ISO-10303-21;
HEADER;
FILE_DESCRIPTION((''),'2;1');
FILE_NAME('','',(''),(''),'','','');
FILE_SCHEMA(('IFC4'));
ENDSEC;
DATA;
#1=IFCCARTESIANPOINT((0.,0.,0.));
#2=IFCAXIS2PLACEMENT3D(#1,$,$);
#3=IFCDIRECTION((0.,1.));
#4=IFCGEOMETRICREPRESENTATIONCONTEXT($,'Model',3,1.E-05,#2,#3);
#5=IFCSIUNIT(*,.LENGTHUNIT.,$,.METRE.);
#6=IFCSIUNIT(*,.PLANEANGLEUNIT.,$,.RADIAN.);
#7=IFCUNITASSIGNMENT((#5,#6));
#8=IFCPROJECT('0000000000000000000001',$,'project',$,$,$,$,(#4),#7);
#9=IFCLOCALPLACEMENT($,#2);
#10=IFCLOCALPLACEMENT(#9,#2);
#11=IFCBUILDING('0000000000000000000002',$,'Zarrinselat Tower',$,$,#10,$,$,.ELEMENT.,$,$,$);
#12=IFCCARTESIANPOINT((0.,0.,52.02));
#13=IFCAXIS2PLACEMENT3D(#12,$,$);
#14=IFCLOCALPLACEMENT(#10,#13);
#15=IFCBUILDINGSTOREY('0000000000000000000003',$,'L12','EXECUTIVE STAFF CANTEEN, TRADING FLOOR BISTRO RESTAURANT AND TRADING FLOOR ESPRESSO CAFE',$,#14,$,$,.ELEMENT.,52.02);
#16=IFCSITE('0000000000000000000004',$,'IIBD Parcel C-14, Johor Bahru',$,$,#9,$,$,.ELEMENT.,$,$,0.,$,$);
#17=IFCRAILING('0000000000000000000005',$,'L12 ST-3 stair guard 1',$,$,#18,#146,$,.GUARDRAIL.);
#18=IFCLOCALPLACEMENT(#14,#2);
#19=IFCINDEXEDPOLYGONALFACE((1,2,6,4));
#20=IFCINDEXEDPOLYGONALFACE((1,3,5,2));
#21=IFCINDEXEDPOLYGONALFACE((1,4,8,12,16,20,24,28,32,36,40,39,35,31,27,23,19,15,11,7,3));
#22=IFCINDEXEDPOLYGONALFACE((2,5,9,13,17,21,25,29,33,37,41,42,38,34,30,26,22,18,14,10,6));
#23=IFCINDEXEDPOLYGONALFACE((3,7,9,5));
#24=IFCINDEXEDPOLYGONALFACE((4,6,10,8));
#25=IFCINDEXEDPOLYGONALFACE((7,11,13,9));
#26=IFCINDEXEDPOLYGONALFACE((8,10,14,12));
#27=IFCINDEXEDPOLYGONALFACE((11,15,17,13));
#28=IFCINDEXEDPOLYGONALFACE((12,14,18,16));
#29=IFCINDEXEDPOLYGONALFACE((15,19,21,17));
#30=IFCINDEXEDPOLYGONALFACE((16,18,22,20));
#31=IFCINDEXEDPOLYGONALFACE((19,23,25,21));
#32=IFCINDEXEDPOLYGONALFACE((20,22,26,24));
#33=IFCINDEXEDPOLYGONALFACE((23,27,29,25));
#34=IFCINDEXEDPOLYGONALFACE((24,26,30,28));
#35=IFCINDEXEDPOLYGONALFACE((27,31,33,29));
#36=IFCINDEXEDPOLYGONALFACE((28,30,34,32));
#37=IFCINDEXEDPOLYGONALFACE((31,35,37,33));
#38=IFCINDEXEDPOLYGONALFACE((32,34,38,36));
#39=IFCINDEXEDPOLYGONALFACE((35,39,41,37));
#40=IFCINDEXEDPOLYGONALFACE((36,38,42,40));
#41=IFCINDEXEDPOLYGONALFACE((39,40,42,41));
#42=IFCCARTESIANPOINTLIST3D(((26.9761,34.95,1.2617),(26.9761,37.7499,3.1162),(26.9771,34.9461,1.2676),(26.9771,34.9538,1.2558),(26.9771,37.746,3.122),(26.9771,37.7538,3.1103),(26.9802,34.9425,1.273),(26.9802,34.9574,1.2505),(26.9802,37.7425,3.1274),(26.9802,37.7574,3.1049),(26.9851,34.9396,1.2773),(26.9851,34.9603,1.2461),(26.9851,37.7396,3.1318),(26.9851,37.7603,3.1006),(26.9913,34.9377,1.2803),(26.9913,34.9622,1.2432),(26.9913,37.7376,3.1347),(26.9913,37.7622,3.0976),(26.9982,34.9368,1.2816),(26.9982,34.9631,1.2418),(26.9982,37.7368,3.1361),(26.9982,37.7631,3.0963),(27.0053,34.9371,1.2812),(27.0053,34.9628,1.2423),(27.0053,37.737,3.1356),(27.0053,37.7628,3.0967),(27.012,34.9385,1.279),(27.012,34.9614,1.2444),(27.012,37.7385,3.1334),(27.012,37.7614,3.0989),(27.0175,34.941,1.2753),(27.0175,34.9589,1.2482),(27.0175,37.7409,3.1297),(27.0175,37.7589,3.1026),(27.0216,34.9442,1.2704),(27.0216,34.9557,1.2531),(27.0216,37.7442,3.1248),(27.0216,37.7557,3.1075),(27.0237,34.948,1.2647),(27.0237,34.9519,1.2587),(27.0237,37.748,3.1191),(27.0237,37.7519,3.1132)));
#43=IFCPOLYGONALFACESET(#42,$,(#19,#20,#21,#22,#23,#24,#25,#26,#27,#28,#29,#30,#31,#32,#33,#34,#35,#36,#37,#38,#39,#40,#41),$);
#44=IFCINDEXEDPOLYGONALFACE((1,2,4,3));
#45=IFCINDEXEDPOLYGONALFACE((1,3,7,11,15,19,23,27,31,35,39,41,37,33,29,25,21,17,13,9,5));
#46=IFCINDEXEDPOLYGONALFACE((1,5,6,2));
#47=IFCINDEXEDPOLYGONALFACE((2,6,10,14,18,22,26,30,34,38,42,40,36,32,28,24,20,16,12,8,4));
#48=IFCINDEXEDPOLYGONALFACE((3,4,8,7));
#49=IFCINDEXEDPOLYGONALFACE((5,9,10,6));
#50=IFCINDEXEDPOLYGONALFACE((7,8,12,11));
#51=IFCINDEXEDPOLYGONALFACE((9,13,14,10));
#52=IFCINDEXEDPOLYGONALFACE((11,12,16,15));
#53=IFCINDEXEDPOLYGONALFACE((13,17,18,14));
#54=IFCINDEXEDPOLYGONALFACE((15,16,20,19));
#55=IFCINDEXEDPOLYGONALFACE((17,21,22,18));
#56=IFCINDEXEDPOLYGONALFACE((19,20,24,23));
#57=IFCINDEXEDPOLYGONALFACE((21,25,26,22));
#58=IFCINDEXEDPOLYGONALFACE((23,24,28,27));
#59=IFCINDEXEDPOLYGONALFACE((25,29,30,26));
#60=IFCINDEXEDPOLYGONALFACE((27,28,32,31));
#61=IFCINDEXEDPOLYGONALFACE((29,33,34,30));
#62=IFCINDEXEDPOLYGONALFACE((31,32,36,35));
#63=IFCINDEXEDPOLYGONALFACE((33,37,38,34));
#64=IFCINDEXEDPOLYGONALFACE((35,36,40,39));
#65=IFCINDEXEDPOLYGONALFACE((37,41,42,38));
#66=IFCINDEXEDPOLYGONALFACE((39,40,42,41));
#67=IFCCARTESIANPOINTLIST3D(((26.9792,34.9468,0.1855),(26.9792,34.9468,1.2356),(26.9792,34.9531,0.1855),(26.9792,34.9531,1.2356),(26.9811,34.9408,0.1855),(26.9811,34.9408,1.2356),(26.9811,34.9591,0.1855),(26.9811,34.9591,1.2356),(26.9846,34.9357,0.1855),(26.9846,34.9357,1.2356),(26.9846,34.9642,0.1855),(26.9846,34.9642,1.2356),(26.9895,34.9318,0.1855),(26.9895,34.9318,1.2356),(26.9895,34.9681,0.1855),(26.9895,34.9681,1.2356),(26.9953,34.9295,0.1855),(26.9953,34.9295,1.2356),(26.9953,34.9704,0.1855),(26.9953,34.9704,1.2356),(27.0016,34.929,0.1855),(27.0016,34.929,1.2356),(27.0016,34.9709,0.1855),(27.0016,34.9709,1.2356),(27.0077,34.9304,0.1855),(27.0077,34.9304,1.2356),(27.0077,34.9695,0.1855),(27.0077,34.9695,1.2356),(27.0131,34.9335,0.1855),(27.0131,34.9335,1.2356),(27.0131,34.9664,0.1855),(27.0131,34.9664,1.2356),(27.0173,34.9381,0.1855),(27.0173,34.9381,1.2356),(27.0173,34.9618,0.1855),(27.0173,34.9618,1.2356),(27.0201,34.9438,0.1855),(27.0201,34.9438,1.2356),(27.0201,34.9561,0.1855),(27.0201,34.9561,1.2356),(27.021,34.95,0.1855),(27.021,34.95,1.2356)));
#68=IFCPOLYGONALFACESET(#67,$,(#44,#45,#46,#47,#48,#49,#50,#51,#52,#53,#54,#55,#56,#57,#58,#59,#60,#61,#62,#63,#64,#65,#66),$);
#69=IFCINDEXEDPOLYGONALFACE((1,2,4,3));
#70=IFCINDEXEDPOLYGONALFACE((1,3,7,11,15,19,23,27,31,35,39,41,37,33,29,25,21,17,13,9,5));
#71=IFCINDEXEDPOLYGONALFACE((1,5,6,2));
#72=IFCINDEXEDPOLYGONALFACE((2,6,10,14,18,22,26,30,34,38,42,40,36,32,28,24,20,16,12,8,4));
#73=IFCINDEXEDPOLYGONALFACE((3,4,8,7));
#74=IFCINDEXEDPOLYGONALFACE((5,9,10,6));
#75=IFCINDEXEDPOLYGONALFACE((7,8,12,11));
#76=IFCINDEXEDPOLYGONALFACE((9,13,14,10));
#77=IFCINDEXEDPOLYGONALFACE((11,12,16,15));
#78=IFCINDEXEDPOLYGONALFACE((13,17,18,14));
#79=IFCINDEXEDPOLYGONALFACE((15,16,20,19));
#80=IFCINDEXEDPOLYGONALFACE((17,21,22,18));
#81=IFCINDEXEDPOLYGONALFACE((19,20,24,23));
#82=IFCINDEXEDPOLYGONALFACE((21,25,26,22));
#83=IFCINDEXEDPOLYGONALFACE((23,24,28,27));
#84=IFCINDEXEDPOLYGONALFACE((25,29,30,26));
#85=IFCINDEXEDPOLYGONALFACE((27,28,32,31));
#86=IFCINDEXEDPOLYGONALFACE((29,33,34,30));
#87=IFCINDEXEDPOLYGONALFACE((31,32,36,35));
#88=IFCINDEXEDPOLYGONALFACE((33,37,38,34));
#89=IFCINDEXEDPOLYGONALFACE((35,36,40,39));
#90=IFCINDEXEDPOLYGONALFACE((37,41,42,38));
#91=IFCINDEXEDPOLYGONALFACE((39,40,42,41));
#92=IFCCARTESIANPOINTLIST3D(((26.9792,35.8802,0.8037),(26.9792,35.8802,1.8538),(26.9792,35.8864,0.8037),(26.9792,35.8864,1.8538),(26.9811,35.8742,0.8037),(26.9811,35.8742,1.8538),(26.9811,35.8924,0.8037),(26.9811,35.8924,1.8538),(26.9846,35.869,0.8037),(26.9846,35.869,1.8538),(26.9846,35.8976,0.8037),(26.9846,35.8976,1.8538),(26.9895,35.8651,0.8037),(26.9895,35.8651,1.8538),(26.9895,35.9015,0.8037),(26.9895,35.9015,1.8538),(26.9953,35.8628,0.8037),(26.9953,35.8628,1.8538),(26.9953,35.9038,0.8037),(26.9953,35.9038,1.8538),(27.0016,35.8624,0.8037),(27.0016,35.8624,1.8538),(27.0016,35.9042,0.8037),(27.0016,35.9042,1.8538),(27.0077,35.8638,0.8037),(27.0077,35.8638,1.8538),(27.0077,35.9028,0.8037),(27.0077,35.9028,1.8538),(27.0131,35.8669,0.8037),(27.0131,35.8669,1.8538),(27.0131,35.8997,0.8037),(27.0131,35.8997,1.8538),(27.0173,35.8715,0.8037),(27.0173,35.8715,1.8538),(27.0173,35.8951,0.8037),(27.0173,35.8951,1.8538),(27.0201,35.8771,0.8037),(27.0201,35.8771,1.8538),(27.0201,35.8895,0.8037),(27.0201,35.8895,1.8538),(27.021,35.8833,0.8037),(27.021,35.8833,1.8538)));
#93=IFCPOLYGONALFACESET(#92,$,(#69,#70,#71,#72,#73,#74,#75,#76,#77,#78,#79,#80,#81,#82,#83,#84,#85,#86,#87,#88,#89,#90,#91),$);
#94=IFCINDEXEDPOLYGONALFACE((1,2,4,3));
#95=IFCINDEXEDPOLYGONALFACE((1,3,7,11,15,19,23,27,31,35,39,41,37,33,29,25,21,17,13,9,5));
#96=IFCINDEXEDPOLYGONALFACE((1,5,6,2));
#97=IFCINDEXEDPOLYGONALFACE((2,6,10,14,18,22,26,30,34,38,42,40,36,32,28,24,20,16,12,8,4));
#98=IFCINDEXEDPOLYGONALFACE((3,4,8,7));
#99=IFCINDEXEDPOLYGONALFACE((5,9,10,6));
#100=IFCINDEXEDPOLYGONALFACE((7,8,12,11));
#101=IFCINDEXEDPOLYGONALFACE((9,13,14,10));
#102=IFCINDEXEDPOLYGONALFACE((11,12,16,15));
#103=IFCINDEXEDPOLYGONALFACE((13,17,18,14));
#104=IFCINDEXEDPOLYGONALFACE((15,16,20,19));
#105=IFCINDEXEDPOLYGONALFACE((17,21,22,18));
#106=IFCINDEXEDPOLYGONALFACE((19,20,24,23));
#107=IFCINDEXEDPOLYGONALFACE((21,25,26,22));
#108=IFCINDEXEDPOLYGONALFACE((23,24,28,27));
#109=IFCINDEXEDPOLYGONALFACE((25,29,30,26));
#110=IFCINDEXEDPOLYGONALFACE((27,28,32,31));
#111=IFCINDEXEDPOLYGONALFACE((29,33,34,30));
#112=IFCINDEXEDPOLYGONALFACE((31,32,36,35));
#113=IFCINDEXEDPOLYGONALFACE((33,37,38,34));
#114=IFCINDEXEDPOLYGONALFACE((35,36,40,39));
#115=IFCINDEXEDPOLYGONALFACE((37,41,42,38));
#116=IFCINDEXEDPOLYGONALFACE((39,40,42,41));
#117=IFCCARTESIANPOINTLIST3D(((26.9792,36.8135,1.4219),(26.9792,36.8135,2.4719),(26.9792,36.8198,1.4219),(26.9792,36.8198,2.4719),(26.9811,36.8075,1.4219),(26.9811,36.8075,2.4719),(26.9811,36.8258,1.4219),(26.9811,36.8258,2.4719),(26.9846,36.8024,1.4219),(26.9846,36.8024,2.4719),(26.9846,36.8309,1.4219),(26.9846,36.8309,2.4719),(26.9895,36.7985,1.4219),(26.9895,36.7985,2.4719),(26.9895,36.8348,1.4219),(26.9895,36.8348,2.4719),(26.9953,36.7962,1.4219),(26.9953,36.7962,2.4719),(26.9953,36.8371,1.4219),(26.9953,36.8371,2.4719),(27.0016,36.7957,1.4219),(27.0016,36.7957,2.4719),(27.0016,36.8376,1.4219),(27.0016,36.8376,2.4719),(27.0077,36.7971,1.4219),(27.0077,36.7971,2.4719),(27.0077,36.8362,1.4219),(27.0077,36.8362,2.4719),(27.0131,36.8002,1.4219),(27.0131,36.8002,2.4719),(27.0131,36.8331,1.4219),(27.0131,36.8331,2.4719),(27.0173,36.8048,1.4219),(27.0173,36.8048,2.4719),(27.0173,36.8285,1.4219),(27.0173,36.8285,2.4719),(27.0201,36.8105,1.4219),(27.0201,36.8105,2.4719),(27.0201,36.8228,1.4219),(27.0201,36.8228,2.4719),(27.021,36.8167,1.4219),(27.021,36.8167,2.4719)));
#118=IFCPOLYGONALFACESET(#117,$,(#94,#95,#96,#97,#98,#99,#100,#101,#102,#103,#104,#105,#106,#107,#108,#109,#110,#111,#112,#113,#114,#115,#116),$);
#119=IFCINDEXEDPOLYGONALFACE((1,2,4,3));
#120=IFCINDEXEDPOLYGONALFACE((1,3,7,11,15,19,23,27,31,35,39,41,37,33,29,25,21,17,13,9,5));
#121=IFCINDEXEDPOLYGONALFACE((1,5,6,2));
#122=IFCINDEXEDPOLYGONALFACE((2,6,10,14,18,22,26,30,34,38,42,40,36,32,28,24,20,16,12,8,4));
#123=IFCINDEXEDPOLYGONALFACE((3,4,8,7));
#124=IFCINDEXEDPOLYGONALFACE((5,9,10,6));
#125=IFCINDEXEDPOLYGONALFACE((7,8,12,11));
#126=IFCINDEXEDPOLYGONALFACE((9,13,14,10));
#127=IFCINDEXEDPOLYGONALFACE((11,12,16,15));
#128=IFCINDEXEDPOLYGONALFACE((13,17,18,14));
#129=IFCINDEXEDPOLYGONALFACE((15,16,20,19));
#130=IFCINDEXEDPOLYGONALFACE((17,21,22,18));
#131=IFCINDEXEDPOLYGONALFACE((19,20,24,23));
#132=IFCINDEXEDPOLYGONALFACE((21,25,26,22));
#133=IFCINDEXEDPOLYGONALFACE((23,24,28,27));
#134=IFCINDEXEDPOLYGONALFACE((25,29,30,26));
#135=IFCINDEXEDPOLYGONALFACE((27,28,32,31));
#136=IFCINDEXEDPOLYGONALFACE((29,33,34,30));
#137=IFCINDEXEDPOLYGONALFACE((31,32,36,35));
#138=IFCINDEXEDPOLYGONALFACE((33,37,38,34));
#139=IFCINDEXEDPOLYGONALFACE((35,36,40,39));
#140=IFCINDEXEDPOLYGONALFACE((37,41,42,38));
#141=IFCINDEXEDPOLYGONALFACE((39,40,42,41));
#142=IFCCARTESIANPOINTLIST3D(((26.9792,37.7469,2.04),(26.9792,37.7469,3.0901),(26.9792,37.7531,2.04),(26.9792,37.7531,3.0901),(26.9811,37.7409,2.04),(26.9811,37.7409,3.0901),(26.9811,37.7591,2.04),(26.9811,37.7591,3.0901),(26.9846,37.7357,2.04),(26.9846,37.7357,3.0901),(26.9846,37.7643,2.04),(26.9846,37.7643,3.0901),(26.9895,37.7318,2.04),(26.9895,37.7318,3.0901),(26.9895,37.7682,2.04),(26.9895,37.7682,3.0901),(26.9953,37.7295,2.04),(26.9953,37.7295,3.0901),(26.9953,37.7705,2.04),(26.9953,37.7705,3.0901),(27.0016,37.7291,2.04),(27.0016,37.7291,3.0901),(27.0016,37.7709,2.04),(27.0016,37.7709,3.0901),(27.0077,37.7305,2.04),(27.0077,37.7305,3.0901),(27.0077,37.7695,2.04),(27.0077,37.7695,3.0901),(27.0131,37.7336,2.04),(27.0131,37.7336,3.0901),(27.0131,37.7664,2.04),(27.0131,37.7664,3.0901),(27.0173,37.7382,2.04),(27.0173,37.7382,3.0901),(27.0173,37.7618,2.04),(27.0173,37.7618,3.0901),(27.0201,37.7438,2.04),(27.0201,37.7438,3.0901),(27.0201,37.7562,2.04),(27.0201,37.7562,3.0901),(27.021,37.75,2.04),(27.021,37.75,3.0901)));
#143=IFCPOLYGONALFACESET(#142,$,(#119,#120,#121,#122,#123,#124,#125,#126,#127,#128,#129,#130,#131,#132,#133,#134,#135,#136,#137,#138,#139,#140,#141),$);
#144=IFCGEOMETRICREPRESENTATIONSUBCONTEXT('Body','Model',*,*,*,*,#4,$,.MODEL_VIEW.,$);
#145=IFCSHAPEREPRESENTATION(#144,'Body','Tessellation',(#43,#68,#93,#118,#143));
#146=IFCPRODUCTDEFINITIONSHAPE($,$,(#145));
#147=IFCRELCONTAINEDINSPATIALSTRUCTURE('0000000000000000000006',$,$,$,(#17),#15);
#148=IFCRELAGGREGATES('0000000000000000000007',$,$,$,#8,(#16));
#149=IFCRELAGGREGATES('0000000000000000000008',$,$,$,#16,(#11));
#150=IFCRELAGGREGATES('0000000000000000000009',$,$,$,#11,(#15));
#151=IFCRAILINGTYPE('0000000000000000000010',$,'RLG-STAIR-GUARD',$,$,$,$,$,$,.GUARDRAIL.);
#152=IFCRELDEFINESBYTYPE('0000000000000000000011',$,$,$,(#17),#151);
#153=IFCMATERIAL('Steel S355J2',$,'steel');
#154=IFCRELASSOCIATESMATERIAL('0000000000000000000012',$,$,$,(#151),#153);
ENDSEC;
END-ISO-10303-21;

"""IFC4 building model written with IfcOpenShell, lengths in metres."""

from ifc_helpers import new_model, si_unit, direction, frame, origin, origin_2d, place, context, subcontext, project, spatial, circle, extrude, material, type_object, element, save


model = new_model("IFC4")

# Units and contexts
model_context = context("Model", 3, precision=1e-05, world=origin(), true_north=direction((0.0, 1.0)))
body_context = subcontext(model_context, "Body", "Model", "MODEL_VIEW")
ifc_project = project(units=[si_unit("LENGTHUNIT", "METRE"), si_unit("PLANEANGLEUNIT", "RADIAN")], contexts=[model_context])

# Site, building, storey
site_placement = place(None, origin())
site = spatial("IfcSite", under=ifc_project, at=site_placement, Name="IIBD Parcel C-14, Johor Bahru", CompositionType="ELEMENT", RefElevation=0.0)
building_placement = place(site_placement, origin())
building = spatial("IfcBuilding", under=site, at=building_placement, Name="Zarrinselat Tower", CompositionType="ELEMENT")
storey_placement = place(building_placement, frame((0.0, 0.0, 52.02)))
storey = spatial("IfcBuildingStorey", under=building, at=storey_placement, Name="L12", Description="EXECUTIVE STAFF CANTEEN, TRADING FLOOR BISTRO RESTAURANT AND TRADING FLOOR ESPRESSO CAFE", CompositionType="ELEMENT", Elevation=52.02)

# Railing
ifc_material_1 = material(Name="Steel S355J2", Category="steel")
railing_type_1 = type_object("IfcRailingType", Name="RLG-STAIR-GUARD", PredefinedType="GUARDRAIL", material=ifc_material_1)
railing_1_placement = place(storey_placement, frame((27.0, 34.95, 0.1855)))
element("IfcRailing", 1, at=railing_1_placement, inside=storey, type_object=railing_type_1, Name="L12 ST-3 stair guard 1", PredefinedType="GUARDRAIL", context=body_context, shape_type="SweptSolid", body=[
    extrude(circle(Radius=0.0239, at=origin_2d()), frame((0.0, 0.0, 1.0762), z_axis=(0.0, 0.833724, 0.552181), x_axis=(-1.0, 0.0, 0.0)), (0.0, 0.0, 1.0), 3.3584),
    extrude(circle(Radius=0.021, at=origin_2d()), origin(), (0.0, 0.0, 1.0), 1.05),
    extrude(circle(Radius=0.021, at=origin_2d()), frame((0.0, 0.9333, 0.6182)), (0.0, 0.0, 1.0), 1.05),
    extrude(circle(Radius=0.021, at=origin_2d()), frame((0.0, 1.8667, 1.2363)), (0.0, 0.0, 1.0), 1.05),
    extrude(circle(Radius=0.021, at=origin_2d()), frame((0.0, 2.8, 1.8545)), (0.0, 0.0, 1.0), 1.05),
])

save(model, "model.ifc")
